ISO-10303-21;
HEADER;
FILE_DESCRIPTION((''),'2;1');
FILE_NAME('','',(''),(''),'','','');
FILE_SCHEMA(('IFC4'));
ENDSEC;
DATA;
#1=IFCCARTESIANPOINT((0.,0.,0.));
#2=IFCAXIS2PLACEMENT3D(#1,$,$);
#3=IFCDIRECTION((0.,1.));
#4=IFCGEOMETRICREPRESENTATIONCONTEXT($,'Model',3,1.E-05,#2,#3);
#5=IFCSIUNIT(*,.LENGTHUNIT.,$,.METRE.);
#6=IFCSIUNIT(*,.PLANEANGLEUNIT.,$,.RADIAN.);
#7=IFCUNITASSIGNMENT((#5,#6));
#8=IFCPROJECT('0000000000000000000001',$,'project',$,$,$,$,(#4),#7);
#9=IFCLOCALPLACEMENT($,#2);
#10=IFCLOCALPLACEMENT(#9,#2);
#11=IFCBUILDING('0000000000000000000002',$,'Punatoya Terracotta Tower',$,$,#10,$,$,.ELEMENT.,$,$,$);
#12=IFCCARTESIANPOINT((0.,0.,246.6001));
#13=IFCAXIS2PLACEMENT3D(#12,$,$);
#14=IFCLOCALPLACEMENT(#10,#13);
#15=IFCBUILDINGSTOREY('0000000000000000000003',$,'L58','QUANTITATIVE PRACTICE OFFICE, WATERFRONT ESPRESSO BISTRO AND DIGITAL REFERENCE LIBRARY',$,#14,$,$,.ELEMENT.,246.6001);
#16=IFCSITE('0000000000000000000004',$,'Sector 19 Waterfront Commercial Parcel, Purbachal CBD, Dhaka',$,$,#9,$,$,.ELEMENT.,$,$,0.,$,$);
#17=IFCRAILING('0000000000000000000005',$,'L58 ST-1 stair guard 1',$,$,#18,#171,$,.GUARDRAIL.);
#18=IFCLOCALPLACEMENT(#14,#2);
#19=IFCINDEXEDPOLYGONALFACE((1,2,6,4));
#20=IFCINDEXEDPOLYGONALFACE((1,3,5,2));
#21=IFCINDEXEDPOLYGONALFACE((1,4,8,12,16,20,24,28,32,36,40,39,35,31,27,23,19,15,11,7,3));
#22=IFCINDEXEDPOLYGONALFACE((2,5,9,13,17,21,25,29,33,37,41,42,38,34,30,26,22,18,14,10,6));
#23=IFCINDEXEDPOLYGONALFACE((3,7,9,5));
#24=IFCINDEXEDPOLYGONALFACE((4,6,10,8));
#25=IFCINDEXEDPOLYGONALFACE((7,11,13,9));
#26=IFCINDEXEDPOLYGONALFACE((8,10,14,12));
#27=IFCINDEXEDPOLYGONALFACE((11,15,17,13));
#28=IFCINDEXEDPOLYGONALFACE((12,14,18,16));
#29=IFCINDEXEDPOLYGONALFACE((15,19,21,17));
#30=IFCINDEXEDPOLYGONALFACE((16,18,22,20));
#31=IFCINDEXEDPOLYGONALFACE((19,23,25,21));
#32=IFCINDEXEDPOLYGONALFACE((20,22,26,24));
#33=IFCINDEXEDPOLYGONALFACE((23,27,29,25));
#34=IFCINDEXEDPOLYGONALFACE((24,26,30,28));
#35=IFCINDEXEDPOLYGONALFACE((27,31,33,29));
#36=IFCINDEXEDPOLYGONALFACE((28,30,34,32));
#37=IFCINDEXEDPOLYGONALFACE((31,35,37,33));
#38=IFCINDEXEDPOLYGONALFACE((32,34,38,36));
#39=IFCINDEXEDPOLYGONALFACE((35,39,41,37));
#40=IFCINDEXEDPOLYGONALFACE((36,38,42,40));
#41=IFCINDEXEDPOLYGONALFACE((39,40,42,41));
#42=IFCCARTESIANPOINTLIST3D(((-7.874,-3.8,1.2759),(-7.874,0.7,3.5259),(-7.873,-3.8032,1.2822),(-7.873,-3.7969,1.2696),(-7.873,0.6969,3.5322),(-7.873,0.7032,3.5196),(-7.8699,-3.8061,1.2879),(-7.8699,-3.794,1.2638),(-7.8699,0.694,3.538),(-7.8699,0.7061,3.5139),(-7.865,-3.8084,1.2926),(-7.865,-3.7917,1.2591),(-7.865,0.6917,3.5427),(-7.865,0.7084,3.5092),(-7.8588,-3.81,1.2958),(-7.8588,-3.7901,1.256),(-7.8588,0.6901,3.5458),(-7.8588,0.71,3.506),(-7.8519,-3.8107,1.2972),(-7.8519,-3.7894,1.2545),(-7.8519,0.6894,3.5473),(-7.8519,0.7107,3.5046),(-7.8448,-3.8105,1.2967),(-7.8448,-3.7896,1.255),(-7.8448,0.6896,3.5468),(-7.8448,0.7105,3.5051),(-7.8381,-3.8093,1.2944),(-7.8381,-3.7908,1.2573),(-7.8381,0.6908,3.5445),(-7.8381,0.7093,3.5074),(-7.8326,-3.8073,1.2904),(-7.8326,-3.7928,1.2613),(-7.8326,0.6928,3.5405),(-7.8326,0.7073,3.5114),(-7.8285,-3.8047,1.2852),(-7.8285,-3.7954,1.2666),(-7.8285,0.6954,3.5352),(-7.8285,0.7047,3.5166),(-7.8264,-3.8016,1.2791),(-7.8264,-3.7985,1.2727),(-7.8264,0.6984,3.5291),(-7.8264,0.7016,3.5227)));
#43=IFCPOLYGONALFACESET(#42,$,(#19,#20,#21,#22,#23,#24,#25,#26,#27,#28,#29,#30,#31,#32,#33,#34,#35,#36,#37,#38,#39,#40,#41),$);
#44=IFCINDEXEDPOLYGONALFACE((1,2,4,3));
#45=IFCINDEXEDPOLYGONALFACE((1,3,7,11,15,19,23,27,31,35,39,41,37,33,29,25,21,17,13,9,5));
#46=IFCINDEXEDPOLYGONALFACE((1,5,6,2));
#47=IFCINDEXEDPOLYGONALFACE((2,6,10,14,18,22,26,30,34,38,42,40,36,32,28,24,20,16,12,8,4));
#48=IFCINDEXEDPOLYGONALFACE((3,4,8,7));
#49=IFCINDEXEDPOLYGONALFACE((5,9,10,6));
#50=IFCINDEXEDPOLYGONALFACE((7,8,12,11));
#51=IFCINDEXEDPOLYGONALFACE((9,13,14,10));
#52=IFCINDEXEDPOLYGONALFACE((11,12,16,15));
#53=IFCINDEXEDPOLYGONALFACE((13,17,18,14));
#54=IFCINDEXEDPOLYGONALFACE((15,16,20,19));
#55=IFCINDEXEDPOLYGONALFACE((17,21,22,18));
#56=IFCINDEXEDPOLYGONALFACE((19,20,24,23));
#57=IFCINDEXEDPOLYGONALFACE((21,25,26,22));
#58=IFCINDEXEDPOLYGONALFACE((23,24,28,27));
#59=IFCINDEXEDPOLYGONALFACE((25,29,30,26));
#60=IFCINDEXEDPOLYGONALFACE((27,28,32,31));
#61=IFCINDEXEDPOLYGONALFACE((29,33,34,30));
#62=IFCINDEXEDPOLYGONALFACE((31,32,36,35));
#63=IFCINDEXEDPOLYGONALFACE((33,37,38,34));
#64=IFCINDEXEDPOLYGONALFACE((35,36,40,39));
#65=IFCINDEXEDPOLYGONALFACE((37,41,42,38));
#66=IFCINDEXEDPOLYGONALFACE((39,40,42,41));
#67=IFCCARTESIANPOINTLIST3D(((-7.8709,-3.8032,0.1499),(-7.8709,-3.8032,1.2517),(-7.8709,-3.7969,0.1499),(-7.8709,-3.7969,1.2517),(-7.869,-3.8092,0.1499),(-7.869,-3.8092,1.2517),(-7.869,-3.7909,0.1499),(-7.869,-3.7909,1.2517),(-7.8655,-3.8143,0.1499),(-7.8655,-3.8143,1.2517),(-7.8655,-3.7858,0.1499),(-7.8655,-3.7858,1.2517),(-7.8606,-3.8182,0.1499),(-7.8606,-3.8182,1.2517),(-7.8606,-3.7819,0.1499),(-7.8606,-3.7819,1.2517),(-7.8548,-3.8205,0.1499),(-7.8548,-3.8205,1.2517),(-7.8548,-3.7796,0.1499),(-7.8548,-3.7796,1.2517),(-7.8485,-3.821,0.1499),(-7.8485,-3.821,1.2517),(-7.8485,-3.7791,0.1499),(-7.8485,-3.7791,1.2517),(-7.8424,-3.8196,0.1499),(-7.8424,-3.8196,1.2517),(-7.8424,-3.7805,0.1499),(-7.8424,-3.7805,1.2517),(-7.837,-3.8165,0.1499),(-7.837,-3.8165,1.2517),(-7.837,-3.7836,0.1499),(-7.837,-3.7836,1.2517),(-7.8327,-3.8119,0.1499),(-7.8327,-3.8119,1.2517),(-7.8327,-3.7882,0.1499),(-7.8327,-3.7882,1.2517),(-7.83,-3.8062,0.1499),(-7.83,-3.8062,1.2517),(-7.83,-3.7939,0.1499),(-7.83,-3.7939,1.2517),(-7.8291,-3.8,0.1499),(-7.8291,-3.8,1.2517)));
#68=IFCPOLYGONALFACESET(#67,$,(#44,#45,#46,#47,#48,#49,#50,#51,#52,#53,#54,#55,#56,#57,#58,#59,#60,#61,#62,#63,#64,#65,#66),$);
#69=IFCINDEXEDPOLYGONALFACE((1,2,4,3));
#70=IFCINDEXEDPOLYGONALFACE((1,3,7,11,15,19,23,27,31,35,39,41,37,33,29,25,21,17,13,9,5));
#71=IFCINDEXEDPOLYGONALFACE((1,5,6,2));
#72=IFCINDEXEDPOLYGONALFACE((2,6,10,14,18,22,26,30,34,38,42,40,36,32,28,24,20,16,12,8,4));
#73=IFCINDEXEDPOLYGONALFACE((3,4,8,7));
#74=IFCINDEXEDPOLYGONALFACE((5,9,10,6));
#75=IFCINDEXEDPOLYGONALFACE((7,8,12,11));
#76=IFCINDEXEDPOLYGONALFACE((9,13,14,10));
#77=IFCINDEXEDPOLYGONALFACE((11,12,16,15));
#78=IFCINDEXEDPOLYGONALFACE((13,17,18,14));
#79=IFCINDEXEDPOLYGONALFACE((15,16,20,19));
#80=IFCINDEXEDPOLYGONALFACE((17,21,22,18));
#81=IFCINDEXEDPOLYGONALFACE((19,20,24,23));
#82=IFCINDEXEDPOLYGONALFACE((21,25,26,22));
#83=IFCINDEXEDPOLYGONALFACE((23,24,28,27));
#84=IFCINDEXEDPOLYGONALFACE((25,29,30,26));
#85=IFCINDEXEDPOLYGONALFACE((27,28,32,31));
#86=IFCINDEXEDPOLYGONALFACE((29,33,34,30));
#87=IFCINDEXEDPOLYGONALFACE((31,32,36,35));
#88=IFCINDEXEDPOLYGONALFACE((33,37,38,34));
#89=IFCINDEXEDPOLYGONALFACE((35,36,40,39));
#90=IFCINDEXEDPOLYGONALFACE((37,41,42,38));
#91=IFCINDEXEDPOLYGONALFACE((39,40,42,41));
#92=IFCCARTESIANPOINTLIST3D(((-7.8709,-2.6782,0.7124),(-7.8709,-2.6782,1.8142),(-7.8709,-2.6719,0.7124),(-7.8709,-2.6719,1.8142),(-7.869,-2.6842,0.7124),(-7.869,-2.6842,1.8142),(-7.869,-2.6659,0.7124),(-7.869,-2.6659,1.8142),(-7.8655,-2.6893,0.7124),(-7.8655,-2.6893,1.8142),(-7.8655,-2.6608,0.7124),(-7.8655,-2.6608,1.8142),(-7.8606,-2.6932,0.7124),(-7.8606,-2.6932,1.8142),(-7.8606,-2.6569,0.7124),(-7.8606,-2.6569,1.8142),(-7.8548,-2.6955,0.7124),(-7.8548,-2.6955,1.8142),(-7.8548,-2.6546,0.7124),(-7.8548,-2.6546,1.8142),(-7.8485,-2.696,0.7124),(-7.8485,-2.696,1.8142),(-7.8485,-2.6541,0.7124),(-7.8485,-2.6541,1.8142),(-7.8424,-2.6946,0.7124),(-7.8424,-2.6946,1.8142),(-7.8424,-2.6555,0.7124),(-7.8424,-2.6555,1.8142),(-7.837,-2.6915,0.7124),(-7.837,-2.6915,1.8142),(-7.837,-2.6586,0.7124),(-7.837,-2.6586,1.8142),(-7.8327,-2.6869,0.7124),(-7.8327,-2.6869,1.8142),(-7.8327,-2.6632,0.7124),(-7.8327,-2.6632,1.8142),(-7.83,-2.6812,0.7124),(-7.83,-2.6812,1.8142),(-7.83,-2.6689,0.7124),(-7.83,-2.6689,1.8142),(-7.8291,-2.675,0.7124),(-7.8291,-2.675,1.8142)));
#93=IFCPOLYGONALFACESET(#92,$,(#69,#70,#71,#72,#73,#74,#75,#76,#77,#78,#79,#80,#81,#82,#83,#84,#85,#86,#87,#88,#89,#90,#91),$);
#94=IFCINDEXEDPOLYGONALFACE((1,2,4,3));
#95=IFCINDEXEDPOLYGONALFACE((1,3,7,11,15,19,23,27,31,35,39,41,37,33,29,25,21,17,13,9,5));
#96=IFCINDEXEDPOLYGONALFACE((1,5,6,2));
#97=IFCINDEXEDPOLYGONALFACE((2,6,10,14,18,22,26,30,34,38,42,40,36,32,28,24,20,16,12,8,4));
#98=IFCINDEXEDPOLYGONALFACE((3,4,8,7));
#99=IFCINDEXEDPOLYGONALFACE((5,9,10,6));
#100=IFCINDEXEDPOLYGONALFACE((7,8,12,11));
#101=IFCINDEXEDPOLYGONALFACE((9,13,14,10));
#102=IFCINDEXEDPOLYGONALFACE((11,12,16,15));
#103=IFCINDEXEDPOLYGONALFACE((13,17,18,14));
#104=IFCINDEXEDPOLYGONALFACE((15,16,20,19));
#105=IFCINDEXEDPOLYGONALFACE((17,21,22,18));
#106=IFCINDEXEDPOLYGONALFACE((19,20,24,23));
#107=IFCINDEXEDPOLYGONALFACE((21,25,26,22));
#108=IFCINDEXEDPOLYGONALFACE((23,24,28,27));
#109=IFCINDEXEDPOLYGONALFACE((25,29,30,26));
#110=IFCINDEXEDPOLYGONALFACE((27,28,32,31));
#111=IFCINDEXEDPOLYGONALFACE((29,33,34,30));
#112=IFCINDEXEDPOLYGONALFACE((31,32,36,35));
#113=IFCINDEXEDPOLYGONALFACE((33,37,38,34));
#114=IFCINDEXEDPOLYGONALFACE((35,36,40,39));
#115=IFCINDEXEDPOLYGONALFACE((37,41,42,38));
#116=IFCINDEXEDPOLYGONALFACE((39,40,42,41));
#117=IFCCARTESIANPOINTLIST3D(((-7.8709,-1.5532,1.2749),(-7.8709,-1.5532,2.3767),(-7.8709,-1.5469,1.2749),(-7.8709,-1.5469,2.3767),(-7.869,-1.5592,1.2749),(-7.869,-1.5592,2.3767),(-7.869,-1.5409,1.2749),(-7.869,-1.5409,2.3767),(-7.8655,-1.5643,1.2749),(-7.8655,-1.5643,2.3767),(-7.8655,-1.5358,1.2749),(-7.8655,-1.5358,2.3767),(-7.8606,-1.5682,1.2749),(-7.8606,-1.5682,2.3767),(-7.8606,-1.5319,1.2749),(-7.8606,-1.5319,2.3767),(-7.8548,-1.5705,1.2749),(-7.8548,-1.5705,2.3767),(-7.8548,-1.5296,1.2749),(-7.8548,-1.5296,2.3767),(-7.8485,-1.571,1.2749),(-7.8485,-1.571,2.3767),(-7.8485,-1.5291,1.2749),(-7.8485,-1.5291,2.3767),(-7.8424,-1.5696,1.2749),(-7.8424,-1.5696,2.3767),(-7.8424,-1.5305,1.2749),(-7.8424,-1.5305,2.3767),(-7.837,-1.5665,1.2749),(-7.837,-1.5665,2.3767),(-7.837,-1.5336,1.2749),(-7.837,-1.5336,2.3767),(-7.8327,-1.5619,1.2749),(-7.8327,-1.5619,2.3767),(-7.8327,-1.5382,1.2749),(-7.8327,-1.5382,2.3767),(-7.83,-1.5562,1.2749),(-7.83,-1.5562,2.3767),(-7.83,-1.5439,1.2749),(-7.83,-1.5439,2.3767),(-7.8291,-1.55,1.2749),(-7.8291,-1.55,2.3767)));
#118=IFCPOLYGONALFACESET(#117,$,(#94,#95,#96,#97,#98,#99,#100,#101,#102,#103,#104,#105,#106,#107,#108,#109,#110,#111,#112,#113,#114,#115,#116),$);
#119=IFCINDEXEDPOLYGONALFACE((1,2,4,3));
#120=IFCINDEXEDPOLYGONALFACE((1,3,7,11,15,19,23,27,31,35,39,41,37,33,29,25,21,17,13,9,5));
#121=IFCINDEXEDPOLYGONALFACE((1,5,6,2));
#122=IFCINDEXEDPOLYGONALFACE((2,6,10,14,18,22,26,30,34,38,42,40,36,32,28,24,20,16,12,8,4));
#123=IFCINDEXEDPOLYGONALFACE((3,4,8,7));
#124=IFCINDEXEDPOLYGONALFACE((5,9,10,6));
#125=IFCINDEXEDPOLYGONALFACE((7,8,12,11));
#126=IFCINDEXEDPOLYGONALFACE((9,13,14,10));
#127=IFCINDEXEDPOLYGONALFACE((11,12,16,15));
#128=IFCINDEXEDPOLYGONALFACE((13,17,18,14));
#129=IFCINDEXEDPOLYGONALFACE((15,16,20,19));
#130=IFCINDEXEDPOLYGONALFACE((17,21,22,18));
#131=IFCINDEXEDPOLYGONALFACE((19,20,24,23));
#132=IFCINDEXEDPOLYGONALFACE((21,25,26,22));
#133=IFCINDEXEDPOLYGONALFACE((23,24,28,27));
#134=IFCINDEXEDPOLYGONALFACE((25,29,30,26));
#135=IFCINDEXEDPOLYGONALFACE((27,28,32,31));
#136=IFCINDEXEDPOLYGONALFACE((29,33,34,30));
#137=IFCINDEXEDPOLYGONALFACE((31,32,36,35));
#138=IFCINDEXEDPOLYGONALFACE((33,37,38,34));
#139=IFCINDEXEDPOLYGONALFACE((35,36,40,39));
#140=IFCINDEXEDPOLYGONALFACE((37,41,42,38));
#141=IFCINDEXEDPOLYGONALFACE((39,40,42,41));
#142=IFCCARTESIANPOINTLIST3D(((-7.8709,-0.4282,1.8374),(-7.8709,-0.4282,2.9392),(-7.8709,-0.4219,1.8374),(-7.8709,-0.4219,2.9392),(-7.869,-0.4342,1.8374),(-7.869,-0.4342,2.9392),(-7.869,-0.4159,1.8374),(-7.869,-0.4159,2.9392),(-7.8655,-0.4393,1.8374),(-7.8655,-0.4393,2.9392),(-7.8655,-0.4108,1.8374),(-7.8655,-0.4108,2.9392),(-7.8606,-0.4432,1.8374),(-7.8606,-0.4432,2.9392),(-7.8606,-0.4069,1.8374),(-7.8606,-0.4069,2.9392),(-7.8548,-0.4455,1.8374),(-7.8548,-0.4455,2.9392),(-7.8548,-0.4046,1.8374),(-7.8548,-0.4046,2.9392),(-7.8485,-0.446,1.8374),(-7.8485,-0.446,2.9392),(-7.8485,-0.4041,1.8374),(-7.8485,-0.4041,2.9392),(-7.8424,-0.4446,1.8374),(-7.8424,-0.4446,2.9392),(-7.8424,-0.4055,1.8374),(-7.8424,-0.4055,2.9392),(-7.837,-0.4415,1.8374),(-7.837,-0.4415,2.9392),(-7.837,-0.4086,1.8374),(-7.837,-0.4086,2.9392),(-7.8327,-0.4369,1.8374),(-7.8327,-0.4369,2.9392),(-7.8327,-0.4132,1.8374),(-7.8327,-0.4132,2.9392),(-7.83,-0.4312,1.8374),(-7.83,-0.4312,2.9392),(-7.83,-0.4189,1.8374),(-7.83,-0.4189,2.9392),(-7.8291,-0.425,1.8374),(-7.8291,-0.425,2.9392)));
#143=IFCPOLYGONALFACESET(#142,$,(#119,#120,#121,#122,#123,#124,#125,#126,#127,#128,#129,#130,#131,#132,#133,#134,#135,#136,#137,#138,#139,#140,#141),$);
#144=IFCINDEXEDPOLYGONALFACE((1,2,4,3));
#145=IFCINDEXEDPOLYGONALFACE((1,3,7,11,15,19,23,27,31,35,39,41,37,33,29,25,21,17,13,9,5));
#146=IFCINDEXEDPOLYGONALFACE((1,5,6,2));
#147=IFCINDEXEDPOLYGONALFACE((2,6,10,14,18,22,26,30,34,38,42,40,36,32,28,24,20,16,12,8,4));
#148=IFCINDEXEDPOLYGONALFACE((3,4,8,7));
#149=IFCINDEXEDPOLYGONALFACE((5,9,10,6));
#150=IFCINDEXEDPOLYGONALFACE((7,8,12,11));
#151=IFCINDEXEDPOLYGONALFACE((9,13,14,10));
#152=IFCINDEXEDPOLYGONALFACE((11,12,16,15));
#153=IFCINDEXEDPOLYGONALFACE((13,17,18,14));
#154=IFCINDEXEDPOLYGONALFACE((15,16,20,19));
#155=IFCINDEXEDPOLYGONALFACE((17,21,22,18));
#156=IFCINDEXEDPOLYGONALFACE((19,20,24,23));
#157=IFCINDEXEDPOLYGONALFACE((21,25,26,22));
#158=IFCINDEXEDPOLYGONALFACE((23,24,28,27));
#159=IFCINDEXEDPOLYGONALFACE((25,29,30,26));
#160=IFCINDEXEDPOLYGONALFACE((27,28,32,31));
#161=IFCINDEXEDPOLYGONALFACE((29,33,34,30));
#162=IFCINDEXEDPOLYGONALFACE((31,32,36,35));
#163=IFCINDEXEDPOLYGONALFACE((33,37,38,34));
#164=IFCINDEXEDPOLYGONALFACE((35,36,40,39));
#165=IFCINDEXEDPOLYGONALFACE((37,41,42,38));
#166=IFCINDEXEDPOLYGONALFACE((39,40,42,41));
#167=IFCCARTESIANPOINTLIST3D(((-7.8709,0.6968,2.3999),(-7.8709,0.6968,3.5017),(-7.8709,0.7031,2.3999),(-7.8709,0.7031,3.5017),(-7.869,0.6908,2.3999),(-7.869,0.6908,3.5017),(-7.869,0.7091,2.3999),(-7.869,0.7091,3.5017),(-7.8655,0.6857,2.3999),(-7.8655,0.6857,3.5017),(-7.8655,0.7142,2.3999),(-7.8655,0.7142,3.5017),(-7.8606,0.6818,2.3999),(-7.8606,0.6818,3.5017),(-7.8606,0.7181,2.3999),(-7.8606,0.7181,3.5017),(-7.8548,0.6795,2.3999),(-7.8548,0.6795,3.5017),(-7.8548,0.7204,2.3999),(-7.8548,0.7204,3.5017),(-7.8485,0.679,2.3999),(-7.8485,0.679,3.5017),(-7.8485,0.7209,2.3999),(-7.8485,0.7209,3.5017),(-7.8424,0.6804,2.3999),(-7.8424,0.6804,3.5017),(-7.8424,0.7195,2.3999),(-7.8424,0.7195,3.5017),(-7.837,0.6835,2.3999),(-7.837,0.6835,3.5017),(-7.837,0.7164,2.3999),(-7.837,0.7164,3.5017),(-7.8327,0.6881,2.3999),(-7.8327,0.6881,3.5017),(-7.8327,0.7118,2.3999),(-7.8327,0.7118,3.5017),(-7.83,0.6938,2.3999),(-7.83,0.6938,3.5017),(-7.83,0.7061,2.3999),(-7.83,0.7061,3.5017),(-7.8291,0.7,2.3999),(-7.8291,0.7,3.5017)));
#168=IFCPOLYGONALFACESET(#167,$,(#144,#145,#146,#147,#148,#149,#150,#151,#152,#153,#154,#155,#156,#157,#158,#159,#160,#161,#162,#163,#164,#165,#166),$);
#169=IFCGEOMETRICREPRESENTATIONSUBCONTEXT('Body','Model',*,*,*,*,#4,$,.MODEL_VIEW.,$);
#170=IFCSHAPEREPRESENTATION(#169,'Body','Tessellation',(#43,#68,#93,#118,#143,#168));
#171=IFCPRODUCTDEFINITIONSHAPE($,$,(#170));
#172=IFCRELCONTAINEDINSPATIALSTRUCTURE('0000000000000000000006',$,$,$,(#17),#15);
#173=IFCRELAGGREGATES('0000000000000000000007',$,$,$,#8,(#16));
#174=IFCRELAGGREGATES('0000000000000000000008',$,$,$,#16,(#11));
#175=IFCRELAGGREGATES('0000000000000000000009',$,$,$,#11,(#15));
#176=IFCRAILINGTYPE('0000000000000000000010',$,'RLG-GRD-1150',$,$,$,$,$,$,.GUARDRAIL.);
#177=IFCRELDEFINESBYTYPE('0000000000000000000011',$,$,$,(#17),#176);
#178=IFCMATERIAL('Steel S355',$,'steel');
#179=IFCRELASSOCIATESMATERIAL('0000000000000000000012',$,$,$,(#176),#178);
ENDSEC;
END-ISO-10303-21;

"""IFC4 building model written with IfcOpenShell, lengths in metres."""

from ifc_helpers import new_model, si_unit, direction, frame, origin, origin_2d, place, context, subcontext, project, spatial, circle, extrude, material, type_object, element, save


model = new_model("IFC4")

# Units and contexts
model_context = context("Model", 3, precision=1e-05, world=origin(), true_north=direction((0.0, 1.0)))
body_context = subcontext(model_context, "Body", "Model", "MODEL_VIEW")
ifc_project = project(units=[si_unit("LENGTHUNIT", "METRE"), si_unit("PLANEANGLEUNIT", "RADIAN")], contexts=[model_context])

# Site, building, storey
site_placement = place(None, origin())
site = spatial("IfcSite", under=ifc_project, at=site_placement, Name="Sector 19 Waterfront Commercial Parcel, Purbachal CBD, Dhaka", CompositionType="ELEMENT", RefElevation=0.0)
building_placement = place(site_placement, origin())
building = spatial("IfcBuilding", under=site, at=building_placement, Name="Punatoya Terracotta Tower", CompositionType="ELEMENT")
storey_placement = place(building_placement, frame((0.0, 0.0, 246.6001)))
storey = spatial("IfcBuildingStorey", under=building, at=storey_placement, Name="L58", Description="QUANTITATIVE PRACTICE OFFICE, WATERFRONT ESPRESSO BISTRO AND DIGITAL REFERENCE LIBRARY", CompositionType="ELEMENT", Elevation=246.6001)

# Railing
ifc_material_1 = material(Name="Steel S355", Category="steel")
railing_type_1 = type_object("IfcRailingType", Name="RLG-GRD-1150", PredefinedType="GUARDRAIL", material=ifc_material_1)
railing_1_placement = place(storey_placement, frame((-7.8501, -3.8, 0.1499)))
element("IfcRailing", 1, at=railing_1_placement, inside=storey, type_object=railing_type_1, Name="L58 ST-1 stair guard 1", PredefinedType="GUARDRAIL", context=body_context, shape_type="SweptSolid", body=[
    extrude(circle(Radius=0.0239, at=origin_2d()), frame((0.0, 0.0, 1.126), z_axis=(0.0, 0.894427, 0.447214), x_axis=(-1.0, 0.0, 0.0)), (0.0, 0.0, 1.0), 5.0312),
    extrude(circle(Radius=0.021, at=origin_2d()), origin(), (0.0, 0.0, 1.0), 1.1018),
    extrude(circle(Radius=0.021, at=origin_2d()), frame((0.0, 1.125, 0.5625)), (0.0, 0.0, 1.0), 1.1018),
    extrude(circle(Radius=0.021, at=origin_2d()), frame((0.0, 2.25, 1.125)), (0.0, 0.0, 1.0), 1.1018),
    extrude(circle(Radius=0.021, at=origin_2d()), frame((0.0, 3.375, 1.6875)), (0.0, 0.0, 1.0), 1.1018),
    extrude(circle(Radius=0.021, at=origin_2d()), frame((0.0, 4.5, 2.25)), (0.0, 0.0, 1.0), 1.1018),
])

save(model, "model.ifc")
